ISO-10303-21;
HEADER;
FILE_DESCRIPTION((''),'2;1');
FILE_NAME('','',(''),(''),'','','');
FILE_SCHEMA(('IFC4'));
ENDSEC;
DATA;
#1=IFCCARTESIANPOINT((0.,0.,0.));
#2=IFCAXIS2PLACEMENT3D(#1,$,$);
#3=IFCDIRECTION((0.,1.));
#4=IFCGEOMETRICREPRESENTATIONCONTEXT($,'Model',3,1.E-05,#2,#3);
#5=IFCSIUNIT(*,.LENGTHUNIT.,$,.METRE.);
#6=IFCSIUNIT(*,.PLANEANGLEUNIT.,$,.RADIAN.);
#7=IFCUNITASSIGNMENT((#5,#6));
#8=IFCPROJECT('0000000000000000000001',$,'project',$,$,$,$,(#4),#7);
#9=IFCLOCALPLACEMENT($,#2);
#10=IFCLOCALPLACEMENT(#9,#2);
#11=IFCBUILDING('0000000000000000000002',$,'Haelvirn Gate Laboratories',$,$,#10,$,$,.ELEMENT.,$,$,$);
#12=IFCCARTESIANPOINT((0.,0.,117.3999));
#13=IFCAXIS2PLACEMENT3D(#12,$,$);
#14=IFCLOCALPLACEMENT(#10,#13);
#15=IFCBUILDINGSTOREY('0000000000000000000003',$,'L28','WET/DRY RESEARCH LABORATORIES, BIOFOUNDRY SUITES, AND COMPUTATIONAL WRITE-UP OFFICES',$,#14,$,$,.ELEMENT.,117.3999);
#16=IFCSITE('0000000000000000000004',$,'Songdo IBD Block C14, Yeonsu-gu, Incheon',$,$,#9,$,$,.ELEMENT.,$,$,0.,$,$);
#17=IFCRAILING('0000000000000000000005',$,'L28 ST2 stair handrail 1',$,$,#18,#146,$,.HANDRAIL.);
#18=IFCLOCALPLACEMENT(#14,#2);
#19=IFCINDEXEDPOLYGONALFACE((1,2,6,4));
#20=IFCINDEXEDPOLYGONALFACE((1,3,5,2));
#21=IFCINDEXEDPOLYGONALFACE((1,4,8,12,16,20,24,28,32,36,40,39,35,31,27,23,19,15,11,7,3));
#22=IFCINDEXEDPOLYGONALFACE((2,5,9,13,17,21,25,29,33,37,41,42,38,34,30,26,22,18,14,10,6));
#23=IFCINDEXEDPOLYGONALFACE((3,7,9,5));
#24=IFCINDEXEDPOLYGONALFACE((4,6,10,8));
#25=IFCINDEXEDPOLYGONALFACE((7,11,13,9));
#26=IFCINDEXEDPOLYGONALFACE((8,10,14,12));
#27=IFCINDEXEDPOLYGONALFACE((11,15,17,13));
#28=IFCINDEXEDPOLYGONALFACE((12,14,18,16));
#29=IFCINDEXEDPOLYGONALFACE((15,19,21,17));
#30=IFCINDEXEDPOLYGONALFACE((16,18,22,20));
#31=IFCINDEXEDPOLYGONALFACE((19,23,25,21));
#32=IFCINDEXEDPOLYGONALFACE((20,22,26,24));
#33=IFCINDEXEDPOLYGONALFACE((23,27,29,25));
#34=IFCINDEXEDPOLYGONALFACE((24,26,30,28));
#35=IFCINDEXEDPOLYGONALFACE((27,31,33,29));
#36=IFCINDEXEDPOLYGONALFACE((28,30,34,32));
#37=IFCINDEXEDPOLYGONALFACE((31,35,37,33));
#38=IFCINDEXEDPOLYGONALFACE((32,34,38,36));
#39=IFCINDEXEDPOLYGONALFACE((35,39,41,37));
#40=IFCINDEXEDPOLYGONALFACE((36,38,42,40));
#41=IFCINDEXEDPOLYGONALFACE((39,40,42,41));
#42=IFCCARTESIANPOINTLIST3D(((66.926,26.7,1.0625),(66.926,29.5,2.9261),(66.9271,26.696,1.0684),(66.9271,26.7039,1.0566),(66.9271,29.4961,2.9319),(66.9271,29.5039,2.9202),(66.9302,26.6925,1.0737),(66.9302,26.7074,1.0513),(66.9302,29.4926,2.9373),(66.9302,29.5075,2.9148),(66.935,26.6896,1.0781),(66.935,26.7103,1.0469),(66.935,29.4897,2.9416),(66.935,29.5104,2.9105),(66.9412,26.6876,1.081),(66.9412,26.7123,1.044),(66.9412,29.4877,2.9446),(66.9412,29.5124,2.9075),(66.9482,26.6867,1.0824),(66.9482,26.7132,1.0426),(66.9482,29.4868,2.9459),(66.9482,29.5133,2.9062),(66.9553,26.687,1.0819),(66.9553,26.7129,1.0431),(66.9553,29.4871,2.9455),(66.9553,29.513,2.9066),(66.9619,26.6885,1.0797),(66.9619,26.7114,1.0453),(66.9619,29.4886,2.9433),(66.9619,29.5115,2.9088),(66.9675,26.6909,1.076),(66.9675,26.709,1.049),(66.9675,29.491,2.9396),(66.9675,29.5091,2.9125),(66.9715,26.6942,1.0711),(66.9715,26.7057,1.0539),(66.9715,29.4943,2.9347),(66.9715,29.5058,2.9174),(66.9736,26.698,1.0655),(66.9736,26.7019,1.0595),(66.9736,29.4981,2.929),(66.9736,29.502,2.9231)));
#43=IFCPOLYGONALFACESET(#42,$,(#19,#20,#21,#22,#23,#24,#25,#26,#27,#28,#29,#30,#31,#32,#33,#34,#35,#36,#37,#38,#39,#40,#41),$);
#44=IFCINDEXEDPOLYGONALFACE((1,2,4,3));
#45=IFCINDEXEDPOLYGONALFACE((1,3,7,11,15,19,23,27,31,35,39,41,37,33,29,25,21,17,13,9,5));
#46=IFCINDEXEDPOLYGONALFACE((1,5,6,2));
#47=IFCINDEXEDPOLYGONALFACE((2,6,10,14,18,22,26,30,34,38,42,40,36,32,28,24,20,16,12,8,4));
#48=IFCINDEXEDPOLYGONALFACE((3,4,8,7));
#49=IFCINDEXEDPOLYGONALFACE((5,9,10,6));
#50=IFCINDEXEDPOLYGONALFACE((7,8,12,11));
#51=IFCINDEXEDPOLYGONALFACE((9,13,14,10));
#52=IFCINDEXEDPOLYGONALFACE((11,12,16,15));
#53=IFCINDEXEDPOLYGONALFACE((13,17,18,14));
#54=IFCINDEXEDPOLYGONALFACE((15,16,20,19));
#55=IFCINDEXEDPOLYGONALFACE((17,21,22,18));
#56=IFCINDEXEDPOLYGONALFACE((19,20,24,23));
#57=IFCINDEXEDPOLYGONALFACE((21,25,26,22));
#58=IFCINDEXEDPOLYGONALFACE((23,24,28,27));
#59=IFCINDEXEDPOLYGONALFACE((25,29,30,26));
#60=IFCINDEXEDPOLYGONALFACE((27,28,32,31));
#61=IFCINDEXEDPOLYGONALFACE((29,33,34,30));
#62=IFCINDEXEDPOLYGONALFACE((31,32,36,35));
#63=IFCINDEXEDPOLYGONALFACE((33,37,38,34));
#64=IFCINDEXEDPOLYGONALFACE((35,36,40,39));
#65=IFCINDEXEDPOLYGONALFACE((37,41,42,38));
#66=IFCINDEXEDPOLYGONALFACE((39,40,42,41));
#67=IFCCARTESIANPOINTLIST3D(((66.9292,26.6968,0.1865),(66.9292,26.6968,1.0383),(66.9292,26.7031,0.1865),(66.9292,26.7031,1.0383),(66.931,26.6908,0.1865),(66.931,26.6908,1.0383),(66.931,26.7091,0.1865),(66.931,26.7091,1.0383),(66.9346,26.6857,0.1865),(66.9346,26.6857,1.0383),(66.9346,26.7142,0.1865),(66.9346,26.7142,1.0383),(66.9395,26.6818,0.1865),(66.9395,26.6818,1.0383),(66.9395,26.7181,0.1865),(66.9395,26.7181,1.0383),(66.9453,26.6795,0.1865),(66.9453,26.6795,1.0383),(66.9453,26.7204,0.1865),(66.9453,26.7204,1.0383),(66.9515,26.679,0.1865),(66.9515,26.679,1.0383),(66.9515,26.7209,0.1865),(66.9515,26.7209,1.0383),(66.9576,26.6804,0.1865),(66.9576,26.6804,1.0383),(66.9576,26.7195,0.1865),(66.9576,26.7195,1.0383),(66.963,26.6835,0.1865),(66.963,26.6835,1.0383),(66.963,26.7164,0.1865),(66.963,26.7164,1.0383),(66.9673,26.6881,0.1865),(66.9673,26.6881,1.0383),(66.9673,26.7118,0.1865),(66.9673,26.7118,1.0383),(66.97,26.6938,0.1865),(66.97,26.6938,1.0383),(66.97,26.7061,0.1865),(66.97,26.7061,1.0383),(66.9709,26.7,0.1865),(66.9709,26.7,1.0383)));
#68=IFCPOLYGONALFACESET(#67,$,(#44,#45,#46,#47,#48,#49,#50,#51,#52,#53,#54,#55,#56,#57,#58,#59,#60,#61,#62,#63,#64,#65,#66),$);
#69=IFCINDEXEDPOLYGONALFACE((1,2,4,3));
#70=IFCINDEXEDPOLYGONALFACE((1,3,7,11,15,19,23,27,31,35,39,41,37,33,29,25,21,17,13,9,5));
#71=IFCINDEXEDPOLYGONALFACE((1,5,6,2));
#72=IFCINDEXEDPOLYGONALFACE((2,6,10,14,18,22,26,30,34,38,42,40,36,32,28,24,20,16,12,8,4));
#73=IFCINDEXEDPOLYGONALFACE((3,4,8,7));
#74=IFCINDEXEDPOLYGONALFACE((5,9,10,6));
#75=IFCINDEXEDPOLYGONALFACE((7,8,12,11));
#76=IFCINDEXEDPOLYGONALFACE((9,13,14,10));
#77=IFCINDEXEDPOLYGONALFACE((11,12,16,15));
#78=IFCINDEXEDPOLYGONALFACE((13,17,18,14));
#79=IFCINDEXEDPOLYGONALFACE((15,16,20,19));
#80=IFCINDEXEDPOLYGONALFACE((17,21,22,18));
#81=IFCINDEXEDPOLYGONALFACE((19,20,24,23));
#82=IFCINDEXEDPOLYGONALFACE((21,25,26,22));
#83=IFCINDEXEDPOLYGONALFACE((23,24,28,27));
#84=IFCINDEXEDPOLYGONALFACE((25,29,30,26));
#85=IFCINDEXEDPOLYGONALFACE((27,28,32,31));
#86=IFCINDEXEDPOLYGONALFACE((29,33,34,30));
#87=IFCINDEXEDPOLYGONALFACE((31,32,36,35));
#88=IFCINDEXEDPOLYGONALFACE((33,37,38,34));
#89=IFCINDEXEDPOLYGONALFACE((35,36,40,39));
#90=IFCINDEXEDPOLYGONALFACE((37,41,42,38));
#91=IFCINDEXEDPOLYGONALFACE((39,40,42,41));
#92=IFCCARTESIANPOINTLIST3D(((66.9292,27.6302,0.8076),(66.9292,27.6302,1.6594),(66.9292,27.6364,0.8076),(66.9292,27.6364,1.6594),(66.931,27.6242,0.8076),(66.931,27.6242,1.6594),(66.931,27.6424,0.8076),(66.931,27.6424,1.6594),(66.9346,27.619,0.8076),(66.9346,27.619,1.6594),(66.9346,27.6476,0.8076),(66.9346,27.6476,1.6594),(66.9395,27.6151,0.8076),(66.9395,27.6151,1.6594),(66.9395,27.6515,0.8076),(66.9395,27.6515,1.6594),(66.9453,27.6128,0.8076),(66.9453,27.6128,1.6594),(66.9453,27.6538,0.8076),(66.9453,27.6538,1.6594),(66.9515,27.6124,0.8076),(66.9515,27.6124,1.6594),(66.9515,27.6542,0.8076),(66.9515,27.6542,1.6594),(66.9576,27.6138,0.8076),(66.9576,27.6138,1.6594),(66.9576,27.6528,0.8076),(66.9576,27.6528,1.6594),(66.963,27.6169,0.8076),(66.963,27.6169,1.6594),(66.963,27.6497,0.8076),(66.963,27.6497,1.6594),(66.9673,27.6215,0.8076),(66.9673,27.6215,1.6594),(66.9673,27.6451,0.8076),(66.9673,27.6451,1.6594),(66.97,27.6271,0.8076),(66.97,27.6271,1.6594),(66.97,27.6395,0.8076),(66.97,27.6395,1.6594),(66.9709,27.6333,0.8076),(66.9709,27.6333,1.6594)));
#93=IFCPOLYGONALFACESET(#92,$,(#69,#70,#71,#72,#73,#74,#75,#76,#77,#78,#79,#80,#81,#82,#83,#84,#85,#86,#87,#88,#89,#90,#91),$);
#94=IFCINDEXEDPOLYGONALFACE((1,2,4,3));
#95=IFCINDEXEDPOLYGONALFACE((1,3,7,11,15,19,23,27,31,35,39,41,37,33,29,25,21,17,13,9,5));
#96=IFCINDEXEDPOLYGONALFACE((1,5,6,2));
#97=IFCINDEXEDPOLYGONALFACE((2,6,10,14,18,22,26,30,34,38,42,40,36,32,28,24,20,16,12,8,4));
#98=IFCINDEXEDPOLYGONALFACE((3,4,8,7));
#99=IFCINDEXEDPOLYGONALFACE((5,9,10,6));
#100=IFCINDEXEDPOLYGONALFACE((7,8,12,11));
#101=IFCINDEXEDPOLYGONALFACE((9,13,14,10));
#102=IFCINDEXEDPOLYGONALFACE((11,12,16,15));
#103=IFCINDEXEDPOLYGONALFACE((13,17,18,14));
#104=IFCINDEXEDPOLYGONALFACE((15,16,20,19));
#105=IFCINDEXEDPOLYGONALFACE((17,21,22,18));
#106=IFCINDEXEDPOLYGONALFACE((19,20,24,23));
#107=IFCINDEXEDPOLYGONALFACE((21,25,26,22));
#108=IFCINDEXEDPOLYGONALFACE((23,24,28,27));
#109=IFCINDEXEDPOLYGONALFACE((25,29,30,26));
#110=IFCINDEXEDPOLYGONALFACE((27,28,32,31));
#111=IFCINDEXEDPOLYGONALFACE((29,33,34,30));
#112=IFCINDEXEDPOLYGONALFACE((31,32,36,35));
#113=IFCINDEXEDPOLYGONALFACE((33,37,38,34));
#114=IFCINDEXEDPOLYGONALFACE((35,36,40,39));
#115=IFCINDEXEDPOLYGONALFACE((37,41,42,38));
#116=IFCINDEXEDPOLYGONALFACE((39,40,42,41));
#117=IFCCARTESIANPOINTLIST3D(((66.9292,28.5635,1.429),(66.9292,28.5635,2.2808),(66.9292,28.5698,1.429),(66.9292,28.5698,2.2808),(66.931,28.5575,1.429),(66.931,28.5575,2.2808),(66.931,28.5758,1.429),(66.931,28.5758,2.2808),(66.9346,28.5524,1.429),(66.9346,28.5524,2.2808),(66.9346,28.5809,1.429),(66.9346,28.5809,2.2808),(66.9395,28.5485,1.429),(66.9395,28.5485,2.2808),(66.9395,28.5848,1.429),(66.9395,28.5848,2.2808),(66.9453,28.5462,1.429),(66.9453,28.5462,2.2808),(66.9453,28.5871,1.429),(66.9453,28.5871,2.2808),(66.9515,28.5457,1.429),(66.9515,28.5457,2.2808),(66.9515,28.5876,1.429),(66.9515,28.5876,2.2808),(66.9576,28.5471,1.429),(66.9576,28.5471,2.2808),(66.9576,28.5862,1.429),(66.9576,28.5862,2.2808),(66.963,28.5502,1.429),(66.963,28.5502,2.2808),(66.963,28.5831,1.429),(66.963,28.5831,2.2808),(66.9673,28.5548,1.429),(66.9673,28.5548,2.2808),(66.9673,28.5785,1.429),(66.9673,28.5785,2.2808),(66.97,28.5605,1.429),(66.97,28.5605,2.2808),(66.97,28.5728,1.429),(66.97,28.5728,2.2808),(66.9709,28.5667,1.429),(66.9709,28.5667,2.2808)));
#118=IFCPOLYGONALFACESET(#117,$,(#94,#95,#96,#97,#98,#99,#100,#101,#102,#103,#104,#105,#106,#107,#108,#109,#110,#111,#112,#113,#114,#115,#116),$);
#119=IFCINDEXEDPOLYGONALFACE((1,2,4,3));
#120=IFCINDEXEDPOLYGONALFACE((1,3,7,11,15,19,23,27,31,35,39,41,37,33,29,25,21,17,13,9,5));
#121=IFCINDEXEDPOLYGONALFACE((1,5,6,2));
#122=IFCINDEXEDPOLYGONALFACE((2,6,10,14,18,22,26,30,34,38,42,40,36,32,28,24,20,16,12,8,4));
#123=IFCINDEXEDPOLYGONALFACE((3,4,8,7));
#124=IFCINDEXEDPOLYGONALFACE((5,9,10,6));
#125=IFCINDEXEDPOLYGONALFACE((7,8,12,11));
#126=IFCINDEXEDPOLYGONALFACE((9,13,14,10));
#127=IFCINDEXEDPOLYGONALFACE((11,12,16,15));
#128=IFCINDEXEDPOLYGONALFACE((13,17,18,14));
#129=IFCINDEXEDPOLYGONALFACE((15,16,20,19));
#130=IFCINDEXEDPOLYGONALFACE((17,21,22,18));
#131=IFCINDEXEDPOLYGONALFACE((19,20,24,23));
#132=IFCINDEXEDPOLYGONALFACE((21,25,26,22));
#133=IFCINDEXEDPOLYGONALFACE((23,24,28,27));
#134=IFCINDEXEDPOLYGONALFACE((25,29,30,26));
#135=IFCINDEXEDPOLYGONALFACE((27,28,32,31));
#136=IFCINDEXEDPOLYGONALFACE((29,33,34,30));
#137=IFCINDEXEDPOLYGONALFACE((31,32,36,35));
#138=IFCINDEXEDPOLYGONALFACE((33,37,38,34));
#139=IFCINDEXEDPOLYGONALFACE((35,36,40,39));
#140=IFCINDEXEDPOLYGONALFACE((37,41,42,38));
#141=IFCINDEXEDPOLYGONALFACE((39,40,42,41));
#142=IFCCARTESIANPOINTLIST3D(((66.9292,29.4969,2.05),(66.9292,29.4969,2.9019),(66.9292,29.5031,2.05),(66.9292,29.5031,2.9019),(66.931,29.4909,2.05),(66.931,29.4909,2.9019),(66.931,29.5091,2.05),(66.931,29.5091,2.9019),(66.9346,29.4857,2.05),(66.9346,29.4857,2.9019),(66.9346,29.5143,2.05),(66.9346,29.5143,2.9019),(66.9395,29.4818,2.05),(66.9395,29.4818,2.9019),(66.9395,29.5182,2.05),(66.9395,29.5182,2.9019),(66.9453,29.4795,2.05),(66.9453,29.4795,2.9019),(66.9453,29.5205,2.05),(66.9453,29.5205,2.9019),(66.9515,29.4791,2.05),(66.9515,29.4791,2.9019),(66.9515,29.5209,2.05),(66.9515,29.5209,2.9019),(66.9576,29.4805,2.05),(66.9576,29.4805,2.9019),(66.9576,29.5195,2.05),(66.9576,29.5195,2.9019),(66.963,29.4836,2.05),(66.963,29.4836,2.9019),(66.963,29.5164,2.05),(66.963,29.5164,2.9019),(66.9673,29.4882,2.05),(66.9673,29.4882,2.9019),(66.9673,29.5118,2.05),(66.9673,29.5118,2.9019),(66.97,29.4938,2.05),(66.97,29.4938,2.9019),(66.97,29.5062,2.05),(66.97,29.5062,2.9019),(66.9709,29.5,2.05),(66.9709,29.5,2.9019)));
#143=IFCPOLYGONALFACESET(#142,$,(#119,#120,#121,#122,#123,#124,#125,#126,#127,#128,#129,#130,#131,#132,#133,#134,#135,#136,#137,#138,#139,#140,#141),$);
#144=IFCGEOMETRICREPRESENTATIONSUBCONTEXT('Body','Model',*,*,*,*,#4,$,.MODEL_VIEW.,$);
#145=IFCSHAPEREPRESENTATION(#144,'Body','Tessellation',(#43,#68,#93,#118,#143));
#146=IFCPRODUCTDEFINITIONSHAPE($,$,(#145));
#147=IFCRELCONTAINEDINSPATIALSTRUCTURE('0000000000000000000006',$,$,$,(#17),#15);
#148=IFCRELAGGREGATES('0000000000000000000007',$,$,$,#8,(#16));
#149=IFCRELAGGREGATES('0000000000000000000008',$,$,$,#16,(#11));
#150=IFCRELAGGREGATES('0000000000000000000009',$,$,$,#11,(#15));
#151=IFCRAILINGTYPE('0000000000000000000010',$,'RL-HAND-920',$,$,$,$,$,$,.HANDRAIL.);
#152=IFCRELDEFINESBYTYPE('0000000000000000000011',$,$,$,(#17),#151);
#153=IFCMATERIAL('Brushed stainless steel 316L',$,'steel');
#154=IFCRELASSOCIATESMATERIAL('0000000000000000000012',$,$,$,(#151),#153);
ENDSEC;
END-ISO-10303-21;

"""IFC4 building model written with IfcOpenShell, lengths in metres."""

from ifc_helpers import new_model, si_unit, direction, frame, origin, origin_2d, place, context, subcontext, project, spatial, circle, extrude, source, transform, mapped, material, type_object, element, save


model = new_model("IFC4")

# Units and contexts
model_context = context("Model", 3, precision=1e-05, world=origin(), true_north=direction((0.0, 1.0)))
body_context = subcontext(model_context, "Body", "Model", "MODEL_VIEW")
ifc_project = project(units=[si_unit("LENGTHUNIT", "METRE"), si_unit("PLANEANGLEUNIT", "RADIAN")], contexts=[model_context])

# Site, building, storey
site_placement = place(None, origin())
site = spatial("IfcSite", under=ifc_project, at=site_placement, Name="Songdo IBD Block C14, Yeonsu-gu, Incheon", CompositionType="ELEMENT", RefElevation=0.0)
building_placement = place(site_placement, origin())
building = spatial("IfcBuilding", under=site, at=building_placement, Name="Haelvirn Gate Laboratories", CompositionType="ELEMENT")
storey_placement = place(building_placement, frame((0.0, 0.0, 117.3999)))
storey = spatial("IfcBuildingStorey", under=building, at=storey_placement, Name="L28", Description="WET/DRY RESEARCH LABORATORIES, BIOFOUNDRY SUITES, AND COMPUTATIONAL WRITE-UP OFFICES", CompositionType="ELEMENT", Elevation=117.3999)

# Railing
ifc_material_1 = material(Name="Brushed stainless steel 316L", Category="steel")
railing_type_1 = type_object("IfcRailingType", Name="RL-HAND-920", PredefinedType="HANDRAIL", material=ifc_material_1)
shared_shape_1 = source(origin(), body_context, "Body", "SweptSolid", [
    extrude(circle(Radius=0.0239, at=origin_2d()), frame((0.0, 0.0, 0.876), z_axis=(0.0, 0.832486, 0.554047), x_axis=(-1.0, 0.0, 0.0)), (0.0, 0.0, 1.0), 3.3635),
    extrude(circle(Radius=0.021, at=origin_2d()), origin(), (0.0, 0.0, 1.0), 0.8518),
    extrude(circle(Radius=0.021, at=origin_2d()), frame((0.0, 0.9333, 0.6211)), (0.0, 0.0, 1.0), 0.8518),
    extrude(circle(Radius=0.021, at=origin_2d()), frame((0.0, 1.8667, 1.2424)), (0.0, 0.0, 1.0), 0.8518),
    extrude(circle(Radius=0.021, at=origin_2d()), frame((0.0, 2.8, 1.8635)), (0.0, 0.0, 1.0), 0.8518),
])
railing_1_placement = place(storey_placement, frame((66.95, 26.7, 0.1865)))
element("IfcRailing", 1, at=railing_1_placement, inside=storey, type_object=railing_type_1, Name="L28 ST2 stair handrail 1", PredefinedType="HANDRAIL", context=body_context, shape_type="MappedRepresentation", body=[
    mapped(shared_shape_1, transform((0.0, 0.0, 0.0), scale=1.0)),
])

save(model, "model.ifc")
